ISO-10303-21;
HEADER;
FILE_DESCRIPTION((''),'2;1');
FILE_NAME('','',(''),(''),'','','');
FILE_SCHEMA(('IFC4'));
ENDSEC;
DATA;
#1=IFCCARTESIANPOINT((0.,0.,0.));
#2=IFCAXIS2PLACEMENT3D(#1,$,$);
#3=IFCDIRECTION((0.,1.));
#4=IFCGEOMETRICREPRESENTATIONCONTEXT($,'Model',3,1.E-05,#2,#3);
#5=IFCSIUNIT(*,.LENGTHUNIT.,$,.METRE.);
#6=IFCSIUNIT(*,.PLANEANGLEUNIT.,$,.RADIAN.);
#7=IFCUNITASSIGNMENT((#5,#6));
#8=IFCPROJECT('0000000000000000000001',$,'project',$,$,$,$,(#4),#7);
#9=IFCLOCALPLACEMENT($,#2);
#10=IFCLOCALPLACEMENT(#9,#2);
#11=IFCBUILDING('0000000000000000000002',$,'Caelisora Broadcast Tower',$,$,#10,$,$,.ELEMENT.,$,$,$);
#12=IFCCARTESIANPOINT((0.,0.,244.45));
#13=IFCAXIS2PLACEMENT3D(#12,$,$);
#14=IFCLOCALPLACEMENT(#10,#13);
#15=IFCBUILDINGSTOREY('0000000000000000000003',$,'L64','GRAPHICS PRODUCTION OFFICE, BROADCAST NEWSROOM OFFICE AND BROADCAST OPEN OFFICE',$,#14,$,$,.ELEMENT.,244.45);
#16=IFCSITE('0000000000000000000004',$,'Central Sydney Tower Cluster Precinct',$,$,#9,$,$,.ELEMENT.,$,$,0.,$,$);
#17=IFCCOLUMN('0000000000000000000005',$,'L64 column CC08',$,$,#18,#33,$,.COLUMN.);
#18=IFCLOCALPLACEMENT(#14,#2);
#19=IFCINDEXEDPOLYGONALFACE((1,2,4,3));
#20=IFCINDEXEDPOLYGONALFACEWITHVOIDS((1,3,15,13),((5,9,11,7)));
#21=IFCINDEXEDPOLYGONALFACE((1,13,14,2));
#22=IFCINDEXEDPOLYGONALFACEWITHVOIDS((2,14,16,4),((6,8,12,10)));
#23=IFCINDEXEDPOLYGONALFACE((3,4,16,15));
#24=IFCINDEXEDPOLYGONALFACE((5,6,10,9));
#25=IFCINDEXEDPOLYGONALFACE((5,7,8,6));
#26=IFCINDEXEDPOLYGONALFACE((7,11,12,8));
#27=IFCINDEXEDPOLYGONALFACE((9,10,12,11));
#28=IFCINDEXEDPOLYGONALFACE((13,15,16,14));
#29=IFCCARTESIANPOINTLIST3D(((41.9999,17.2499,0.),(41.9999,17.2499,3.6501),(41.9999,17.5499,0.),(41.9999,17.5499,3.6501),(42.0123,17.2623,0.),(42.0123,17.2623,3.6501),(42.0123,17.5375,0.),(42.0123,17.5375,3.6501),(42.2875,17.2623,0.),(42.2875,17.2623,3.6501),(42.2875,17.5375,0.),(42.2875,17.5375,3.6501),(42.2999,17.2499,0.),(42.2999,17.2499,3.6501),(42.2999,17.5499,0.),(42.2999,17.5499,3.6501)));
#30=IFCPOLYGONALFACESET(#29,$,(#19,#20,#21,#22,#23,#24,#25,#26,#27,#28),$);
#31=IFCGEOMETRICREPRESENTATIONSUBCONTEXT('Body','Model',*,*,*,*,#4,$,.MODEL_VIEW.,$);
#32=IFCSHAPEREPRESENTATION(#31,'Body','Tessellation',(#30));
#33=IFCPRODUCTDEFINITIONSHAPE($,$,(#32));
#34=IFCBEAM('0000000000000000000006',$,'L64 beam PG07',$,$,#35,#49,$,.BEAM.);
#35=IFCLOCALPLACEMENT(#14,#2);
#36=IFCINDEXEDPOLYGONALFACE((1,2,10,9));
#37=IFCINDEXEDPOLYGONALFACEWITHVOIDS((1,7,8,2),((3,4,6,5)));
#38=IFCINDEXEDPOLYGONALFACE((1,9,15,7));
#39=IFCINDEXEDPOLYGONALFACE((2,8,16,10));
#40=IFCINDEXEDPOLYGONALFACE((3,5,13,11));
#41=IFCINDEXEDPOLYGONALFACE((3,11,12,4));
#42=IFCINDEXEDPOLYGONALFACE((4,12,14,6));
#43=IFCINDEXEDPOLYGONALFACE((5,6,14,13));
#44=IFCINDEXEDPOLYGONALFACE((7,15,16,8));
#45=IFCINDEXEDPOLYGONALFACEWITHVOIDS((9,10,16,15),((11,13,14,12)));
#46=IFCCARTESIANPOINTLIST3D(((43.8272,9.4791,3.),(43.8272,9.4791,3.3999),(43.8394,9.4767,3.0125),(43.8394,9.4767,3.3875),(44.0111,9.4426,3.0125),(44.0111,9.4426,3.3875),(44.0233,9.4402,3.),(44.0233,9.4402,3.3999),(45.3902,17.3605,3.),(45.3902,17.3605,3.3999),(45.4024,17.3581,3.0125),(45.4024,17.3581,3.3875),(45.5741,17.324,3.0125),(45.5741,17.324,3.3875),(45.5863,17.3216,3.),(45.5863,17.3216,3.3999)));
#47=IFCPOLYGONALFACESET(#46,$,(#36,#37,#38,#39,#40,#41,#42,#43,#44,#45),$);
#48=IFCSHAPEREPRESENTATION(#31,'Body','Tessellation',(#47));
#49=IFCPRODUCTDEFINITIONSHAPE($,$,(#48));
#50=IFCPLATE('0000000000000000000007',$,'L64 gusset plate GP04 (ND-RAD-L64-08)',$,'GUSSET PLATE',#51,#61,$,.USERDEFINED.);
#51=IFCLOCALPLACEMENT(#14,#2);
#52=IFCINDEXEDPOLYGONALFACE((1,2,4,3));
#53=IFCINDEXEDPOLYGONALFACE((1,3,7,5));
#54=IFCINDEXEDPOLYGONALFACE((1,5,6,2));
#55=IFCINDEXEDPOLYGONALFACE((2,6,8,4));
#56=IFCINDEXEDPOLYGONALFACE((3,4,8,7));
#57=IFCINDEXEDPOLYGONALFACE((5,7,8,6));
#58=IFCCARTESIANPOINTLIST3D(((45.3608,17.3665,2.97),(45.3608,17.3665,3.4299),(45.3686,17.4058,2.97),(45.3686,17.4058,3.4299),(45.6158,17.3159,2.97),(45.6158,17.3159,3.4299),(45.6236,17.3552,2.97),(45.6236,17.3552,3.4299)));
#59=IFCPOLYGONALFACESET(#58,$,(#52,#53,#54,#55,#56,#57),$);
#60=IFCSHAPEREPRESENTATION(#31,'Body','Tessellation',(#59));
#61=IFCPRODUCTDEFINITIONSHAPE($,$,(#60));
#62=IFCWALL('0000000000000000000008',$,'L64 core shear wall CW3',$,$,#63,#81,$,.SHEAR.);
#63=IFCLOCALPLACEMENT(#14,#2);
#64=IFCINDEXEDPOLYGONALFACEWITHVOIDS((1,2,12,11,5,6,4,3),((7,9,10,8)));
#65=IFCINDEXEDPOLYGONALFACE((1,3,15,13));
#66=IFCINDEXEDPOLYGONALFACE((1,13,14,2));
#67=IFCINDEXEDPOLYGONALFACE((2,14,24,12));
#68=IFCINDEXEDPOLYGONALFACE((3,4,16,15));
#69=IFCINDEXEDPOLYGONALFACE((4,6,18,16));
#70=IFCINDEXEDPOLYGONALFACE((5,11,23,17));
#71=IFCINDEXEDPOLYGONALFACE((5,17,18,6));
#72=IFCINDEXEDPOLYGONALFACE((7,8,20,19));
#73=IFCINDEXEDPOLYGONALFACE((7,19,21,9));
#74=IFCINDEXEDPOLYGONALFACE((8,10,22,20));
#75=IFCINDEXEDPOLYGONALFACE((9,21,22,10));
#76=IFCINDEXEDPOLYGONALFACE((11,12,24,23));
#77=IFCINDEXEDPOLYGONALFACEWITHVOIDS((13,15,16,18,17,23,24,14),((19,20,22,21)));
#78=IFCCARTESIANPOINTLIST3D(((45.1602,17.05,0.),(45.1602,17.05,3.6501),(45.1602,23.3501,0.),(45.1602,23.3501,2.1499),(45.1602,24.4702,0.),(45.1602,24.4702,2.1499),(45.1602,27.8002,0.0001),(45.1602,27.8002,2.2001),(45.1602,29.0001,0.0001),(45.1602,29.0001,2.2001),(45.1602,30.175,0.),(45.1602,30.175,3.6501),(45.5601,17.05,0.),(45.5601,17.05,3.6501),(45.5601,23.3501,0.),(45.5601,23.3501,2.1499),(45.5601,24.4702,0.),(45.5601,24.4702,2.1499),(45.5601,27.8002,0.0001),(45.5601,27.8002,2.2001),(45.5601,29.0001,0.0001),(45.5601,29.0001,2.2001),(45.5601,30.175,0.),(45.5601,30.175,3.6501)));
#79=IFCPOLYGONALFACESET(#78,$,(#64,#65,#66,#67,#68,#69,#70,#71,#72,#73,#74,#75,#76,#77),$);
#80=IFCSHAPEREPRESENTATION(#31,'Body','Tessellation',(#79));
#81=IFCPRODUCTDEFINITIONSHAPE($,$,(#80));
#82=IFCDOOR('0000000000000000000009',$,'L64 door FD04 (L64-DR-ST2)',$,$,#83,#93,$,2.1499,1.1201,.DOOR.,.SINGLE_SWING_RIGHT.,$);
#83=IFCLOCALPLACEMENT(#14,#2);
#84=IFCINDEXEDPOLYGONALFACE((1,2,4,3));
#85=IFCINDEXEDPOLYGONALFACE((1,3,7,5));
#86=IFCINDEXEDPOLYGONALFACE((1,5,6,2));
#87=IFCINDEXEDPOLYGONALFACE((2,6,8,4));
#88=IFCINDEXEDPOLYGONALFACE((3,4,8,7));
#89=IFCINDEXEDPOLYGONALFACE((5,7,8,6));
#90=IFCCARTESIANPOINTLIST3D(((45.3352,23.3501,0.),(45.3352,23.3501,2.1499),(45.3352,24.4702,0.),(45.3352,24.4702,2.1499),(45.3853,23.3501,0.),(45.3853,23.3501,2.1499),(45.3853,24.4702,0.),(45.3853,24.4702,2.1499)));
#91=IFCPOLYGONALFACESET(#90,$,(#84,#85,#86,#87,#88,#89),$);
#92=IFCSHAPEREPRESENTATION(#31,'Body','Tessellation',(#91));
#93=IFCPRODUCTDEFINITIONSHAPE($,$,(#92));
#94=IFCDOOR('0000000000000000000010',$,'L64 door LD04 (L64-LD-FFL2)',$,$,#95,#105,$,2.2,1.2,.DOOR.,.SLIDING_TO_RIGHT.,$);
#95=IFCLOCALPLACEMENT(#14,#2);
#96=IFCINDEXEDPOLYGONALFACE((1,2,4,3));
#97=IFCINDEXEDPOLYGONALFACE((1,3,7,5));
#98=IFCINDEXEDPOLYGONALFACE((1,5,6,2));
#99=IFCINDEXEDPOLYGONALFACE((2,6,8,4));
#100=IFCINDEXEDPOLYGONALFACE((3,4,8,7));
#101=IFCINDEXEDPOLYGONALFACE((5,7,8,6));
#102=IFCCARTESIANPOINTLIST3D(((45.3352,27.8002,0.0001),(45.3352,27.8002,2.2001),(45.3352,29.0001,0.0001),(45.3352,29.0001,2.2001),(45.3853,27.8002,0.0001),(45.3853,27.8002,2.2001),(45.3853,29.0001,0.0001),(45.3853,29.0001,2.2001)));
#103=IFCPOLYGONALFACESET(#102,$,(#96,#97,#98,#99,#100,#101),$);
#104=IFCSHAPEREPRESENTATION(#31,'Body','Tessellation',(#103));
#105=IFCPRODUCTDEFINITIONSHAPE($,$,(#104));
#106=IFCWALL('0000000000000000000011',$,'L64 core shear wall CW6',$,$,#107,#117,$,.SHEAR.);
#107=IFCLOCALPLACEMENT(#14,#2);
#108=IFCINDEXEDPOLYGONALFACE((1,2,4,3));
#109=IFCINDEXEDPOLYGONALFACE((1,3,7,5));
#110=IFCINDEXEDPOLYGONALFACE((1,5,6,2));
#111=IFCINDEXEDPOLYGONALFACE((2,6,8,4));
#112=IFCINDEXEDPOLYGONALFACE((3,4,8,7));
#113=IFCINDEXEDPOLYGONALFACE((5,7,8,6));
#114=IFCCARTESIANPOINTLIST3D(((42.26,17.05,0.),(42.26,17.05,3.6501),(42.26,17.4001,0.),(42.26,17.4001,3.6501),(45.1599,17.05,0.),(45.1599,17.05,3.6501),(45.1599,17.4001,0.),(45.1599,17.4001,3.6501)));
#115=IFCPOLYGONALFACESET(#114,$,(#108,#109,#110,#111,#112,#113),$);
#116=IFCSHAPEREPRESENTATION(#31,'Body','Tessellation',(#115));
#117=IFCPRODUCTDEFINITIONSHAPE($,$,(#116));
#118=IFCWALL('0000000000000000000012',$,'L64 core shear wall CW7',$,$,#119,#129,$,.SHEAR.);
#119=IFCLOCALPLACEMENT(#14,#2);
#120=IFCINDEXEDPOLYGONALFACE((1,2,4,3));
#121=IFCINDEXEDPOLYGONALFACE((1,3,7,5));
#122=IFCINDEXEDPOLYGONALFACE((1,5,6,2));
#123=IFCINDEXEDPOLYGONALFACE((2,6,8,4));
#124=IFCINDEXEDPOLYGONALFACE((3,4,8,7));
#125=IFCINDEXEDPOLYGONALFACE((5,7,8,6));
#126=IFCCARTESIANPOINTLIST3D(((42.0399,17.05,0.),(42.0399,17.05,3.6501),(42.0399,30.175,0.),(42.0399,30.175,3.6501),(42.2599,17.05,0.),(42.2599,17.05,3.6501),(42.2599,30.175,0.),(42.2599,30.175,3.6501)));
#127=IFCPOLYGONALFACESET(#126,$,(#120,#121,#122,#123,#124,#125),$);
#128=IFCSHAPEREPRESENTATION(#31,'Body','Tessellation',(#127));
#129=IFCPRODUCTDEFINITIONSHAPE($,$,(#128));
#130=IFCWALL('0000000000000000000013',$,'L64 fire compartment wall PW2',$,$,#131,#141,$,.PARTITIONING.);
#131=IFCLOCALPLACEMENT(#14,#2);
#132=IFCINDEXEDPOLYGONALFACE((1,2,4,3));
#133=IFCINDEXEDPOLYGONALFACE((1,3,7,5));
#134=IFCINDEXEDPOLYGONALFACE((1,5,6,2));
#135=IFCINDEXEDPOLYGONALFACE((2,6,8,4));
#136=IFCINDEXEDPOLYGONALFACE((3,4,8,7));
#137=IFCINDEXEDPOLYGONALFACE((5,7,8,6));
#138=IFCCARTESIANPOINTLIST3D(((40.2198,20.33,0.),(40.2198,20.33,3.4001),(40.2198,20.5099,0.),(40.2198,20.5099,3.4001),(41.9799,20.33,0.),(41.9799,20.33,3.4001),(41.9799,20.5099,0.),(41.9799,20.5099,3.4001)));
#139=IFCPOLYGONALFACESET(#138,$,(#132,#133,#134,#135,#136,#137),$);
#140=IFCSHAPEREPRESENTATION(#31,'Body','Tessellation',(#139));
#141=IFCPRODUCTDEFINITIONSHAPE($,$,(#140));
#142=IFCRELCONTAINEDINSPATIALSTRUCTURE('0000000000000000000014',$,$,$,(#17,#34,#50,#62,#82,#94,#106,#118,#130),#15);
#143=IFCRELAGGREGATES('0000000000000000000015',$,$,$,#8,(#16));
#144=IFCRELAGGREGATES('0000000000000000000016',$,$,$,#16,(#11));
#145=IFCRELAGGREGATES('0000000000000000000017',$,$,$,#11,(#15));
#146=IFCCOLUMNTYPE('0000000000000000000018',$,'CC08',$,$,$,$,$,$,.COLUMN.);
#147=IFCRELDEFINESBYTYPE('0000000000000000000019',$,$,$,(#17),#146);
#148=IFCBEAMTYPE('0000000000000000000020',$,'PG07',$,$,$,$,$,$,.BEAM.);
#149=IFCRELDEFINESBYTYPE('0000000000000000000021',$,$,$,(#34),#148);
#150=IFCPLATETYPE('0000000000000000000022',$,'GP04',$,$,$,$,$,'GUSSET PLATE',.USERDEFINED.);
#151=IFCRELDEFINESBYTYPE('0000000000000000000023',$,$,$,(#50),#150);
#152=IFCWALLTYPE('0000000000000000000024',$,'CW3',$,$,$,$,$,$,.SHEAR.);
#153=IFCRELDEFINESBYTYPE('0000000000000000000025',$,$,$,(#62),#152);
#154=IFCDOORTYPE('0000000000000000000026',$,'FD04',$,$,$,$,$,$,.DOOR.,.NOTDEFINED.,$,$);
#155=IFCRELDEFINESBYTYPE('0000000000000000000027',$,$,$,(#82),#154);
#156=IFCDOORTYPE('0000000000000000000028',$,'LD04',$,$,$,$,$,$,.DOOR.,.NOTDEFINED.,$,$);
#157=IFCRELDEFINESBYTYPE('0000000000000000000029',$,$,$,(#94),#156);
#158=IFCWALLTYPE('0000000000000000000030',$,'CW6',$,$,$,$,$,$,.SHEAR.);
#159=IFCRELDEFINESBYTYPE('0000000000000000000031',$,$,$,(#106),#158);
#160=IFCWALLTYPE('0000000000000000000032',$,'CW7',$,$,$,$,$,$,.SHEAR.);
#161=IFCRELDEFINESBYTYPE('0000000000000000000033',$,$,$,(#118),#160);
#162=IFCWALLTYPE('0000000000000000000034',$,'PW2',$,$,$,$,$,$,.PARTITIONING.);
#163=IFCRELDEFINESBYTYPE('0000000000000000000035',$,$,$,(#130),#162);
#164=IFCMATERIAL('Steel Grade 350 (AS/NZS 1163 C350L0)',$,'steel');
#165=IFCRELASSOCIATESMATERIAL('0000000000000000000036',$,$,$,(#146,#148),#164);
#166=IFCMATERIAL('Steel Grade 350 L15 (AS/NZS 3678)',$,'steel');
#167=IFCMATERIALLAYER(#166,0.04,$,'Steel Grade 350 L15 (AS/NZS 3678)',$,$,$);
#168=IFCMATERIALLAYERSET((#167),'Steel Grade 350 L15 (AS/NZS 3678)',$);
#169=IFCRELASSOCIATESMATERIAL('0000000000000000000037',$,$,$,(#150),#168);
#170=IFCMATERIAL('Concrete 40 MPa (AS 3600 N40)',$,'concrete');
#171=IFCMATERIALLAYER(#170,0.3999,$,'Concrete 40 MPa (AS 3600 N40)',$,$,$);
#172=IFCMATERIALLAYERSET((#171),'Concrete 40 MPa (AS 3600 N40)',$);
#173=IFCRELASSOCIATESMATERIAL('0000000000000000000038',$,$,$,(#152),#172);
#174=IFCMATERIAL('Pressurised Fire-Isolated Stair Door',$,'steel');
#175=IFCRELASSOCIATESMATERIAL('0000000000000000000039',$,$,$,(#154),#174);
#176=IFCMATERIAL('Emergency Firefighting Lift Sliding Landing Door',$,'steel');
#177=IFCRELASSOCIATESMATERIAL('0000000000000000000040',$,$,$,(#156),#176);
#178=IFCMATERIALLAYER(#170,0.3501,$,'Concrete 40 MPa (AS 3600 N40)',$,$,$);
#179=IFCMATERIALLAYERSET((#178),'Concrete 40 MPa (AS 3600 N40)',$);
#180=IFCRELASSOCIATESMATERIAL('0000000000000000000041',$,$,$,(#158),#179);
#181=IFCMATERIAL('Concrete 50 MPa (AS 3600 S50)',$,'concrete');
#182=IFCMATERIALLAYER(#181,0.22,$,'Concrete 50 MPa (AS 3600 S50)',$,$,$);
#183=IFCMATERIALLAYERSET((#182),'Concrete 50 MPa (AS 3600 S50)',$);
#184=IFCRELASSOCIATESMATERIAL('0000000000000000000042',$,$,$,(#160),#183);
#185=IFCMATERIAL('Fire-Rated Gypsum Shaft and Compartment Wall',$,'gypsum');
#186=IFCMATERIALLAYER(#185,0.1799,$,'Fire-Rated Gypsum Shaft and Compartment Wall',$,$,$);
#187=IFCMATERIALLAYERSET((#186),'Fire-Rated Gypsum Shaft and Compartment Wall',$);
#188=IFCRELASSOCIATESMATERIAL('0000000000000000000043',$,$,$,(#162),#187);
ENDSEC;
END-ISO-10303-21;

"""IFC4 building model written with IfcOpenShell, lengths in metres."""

from ifc_helpers import new_model, si_unit, direction, frame, frame_2d, origin, origin_2d, place, context, subcontext, project, spatial, rectangle, hollow_rectangle, extrude, source, transform, mapped, material, layer, layer_set, material_profile, profile_set, type_object, type_shapes, element, fill, save


model = new_model("IFC4")

# Units and contexts
model_context = context("Model", 3, precision=1e-05, world=origin(), true_north=direction((0.0, 1.0)))
body_context = subcontext(model_context, "Body", "Model", "MODEL_VIEW")
ifc_project = project(units=[si_unit("LENGTHUNIT", "METRE"), si_unit("PLANEANGLEUNIT", "RADIAN")], contexts=[model_context])

# Site, building, storey
site_placement = place(None, origin())
site = spatial("IfcSite", under=ifc_project, at=site_placement, Name="Central Sydney Tower Cluster Precinct", CompositionType="ELEMENT", RefElevation=0.0)
building_placement = place(site_placement, origin())
building = spatial("IfcBuilding", under=site, at=building_placement, Name="Caelisora Broadcast Tower", CompositionType="ELEMENT")
storey_placement = place(building_placement, frame((0.0, 0.0, 244.45)))
storey = spatial("IfcBuildingStorey", under=building, at=storey_placement, Name="L64", Description="GRAPHICS PRODUCTION OFFICE, BROADCAST NEWSROOM OFFICE AND BROADCAST OPEN OFFICE", CompositionType="ELEMENT", Elevation=244.45)

# Column
ifc_material_1 = material(Name="Steel Grade 350 (AS/NZS 1163 C350L0)", Category="steel")
ifc_material_profile_1 = material_profile(ifc_material_1, hollow_rectangle(XDim=0.3, YDim=0.3, WallThickness=0.0125, at=origin_2d()), Name="Steel Grade 350 (AS/NZS 1163 C350L0)")
ifc_profile_set_1 = profile_set([ifc_material_profile_1], Name="Steel Grade 350 (AS/NZS 1163 C350L0)")
column_type = type_object("IfcColumnType", Name="CC08", PredefinedType="COLUMN", material=ifc_profile_set_1)
shared_shape_1 = source(origin(), body_context, "Body", "SweptSolid", [
    extrude(hollow_rectangle(XDim=0.3, YDim=0.3, WallThickness=0.0125, at=origin_2d()), origin(), (0.0, 0.0, 1.0), 3.6501),
])
type_shapes(column_type, [shared_shape_1])
column_placement = place(storey_placement, frame((42.1499, 17.3999, 0.0), z_axis=(0.0, 0.0, 1.0), x_axis=(1.0, 0.0, 0.0)))
element("IfcColumn", 1, at=column_placement, inside=storey, type_object=column_type, Name="L64 column CC08", PredefinedType="COLUMN", context=body_context, shape_type="MappedRepresentation", body=[
    mapped(shared_shape_1, transform((0.0, 0.0, 0.0), scale=1.0)),
])

# Beam
ifc_material_profile_2 = material_profile(ifc_material_1, hollow_rectangle(XDim=0.2, YDim=0.3999, WallThickness=0.0125, at=origin_2d()), Name="Steel Grade 350 (AS/NZS 1163 C350L0)")
ifc_profile_set_2 = profile_set([ifc_material_profile_2], Name="Steel Grade 350 (AS/NZS 1163 C350L0)")
beam_type = type_object("IfcBeamType", Name="PG07", PredefinedType="BEAM", material=ifc_profile_set_2)
shared_shape_2 = source(origin(), body_context, "Body", "SweptSolid", [
    extrude(hollow_rectangle(XDim=0.2, YDim=0.3999, WallThickness=0.0125, at=origin_2d()), origin(), (0.0, 0.0, 1.0), 8.0349),
])
type_shapes(beam_type, [shared_shape_2])
beam_placement = place(storey_placement, frame((45.4883, 17.3411, 3.2), z_axis=(-0.194526, -0.980897, 0.0), x_axis=(0.980897, -0.194526, 0.0)))
element("IfcBeam", 2, at=beam_placement, inside=storey, type_object=beam_type, Name="L64 beam PG07", PredefinedType="BEAM", context=body_context, shape_type="MappedRepresentation", body=[
    mapped(shared_shape_2, transform((0.0, 0.0, 0.0), scale=1.0)),
])

# Plate
ifc_material_2 = material(Name="Steel Grade 350 L15 (AS/NZS 3678)", Category="steel")
ifc_layer_1 = layer(ifc_material_2, 0.04, Name="Steel Grade 350 L15 (AS/NZS 3678)")
ifc_layer_set_1 = layer_set([ifc_layer_1], Name="Steel Grade 350 L15 (AS/NZS 3678)")
plate_type = type_object("IfcPlateType", Name="GP04", ElementType="GUSSET PLATE", PredefinedType="USERDEFINED", material=ifc_layer_set_1)
shared_shape_3 = source(origin(), body_context, "Body", "SweptSolid", [
    extrude(rectangle(XDim=0.26, YDim=0.04, at=origin_2d()), origin(), (0.0, 0.0, 1.0), 0.46),
])
type_shapes(plate_type, [shared_shape_3])
plate_placement = place(storey_placement, frame((45.4922, 17.3608, 2.97), z_axis=(0.0, 0.0, 1.0), x_axis=(0.980887, -0.194577, 0.0)))
element("IfcPlate", 3, at=plate_placement, inside=storey, type_object=plate_type, Name="L64 gusset plate GP04 (ND-RAD-L64-08)", ObjectType="GUSSET PLATE", PredefinedType="USERDEFINED", context=body_context, shape_type="MappedRepresentation", body=[
    mapped(shared_shape_3, transform((0.0, 0.0, 0.0), scale=1.0)),
])

# Wall, openings, doors
ifc_material_3 = material(Name="Concrete 40 MPa (AS 3600 N40)", Category="concrete")
ifc_layer_2 = layer(ifc_material_3, 0.3999, Name="Concrete 40 MPa (AS 3600 N40)")
ifc_layer_set_2 = layer_set([ifc_layer_2], Name="Concrete 40 MPa (AS 3600 N40)")
wall_type_1 = type_object("IfcWallType", Name="CW3", PredefinedType="SHEAR", material=ifc_layer_set_2)
wall_1_placement = place(storey_placement, frame((45.3601, 17.05, 0.0), z_axis=(0.0, 0.0, 1.0), x_axis=(0.0, 1.0, 0.0)))
wall_1 = element("IfcWall", 4, at=wall_1_placement, inside=storey, type_object=wall_type_1, Name="L64 core shear wall CW3", PredefinedType="SHEAR", context=body_context, shape_type="SweptSolid", body=[
    extrude(rectangle(XDim=13.125, YDim=0.3999, at=frame_2d((6.5625, 0.0))), origin(), (0.0, 0.0, 1.0), 3.6501),
])
opening_1_placement = place(wall_1_placement, frame((6.3, 0.0, 0.0)))
opening_1 = element("IfcOpeningElement", 5, at=opening_1_placement, cuts=wall_1, PredefinedType="OPENING", context=body_context, shape_type="SweptSolid", body=[
    extrude(rectangle(XDim=1.1201, YDim=2.1499, at=frame_2d((0.5601, 1.075))), frame((0.0, 0.2119, 0.0), z_axis=(0.0, -1.0, 0.0), x_axis=(1.0, 0.0, 0.0)), (0.0, 0.0, 1.0), 0.4238),
])
opening_2_placement = place(wall_1_placement, frame((10.75, 0.0, 0.0)))
opening_2 = element("IfcOpeningElement", 6, at=opening_2_placement, cuts=wall_1, PredefinedType="OPENING", context=body_context, shape_type="SweptSolid", body=[
    extrude(rectangle(XDim=1.2, YDim=2.2, at=frame_2d((0.6001, 1.1001))), frame((0.0, 0.2119, 0.0), z_axis=(0.0, -1.0, 0.0), x_axis=(1.0, 0.0, 0.0)), (0.0, 0.0, 1.0), 0.4238),
])
ifc_material_4 = material(Name="Pressurised Fire-Isolated Stair Door", Category="steel")
door_type_1 = type_object("IfcDoorType", Name="FD04", OperationType="NOTDEFINED", PredefinedType="DOOR", material=ifc_material_4)
door_1_placement = place(opening_1_placement, origin())
door_1 = element("IfcDoor", 7, at=door_1_placement, inside=storey, type_object=door_type_1, Name="L64 door FD04 (L64-DR-ST2)", OperationType="SINGLE_SWING_RIGHT", OverallHeight=2.1499, OverallWidth=1.1201, PredefinedType="DOOR", context=body_context, shape_type="SweptSolid", body=[
    extrude(rectangle(XDim=1.1201, YDim=2.1499, at=frame_2d((0.5601, 1.075))), frame((0.0, 0.0249, 0.0), z_axis=(0.0, -1.0, 0.0), x_axis=(1.0, 0.0, 0.0)), (0.0, 0.0, 1.0), 0.05),
])
fill(opening_1, door_1)
ifc_material_5 = material(Name="Emergency Firefighting Lift Sliding Landing Door", Category="steel")
door_type_2 = type_object("IfcDoorType", Name="LD04", OperationType="NOTDEFINED", PredefinedType="DOOR", material=ifc_material_5)
door_2_placement = place(opening_2_placement, origin())
door_2 = element("IfcDoor", 8, at=door_2_placement, inside=storey, type_object=door_type_2, Name="L64 door LD04 (L64-LD-FFL2)", OperationType="SLIDING_TO_RIGHT", OverallHeight=2.2, OverallWidth=1.2, PredefinedType="DOOR", context=body_context, shape_type="SweptSolid", body=[
    extrude(rectangle(XDim=1.2, YDim=2.2, at=frame_2d((0.6001, 1.1001))), frame((0.0, 0.0249, 0.0), z_axis=(0.0, -1.0, 0.0), x_axis=(1.0, 0.0, 0.0)), (0.0, 0.0, 1.0), 0.05),
])
fill(opening_2, door_2)

# Walls
ifc_layer_3 = layer(ifc_material_3, 0.3501, Name="Concrete 40 MPa (AS 3600 N40)")
ifc_layer_set_3 = layer_set([ifc_layer_3], Name="Concrete 40 MPa (AS 3600 N40)")
wall_type_2 = type_object("IfcWallType", Name="CW6", PredefinedType="SHEAR", material=ifc_layer_set_3)
wall_2_placement = place(storey_placement, frame((42.26, 17.2251, 0.0), z_axis=(0.0, 0.0, 1.0), x_axis=(1.0, 0.0, 0.0)))
element("IfcWall", 9, at=wall_2_placement, inside=storey, type_object=wall_type_2, Name="L64 core shear wall CW6", PredefinedType="SHEAR", context=body_context, shape_type="SweptSolid", body=[
    extrude(rectangle(XDim=2.8999, YDim=0.3501, at=frame_2d((1.45, 0.0))), origin(), (0.0, 0.0, 1.0), 3.6501),
])
ifc_material_6 = material(Name="Concrete 50 MPa (AS 3600 S50)", Category="concrete")
ifc_layer_4 = layer(ifc_material_6, 0.22, Name="Concrete 50 MPa (AS 3600 S50)")
ifc_layer_set_4 = layer_set([ifc_layer_4], Name="Concrete 50 MPa (AS 3600 S50)")
wall_type_3 = type_object("IfcWallType", Name="CW7", PredefinedType="SHEAR", material=ifc_layer_set_4)
wall_3_placement = place(storey_placement, frame((42.1499, 17.05, 0.0), z_axis=(0.0, 0.0, 1.0), x_axis=(0.0, 1.0, 0.0)))
element("IfcWall", 10, at=wall_3_placement, inside=storey, type_object=wall_type_3, Name="L64 core shear wall CW7", PredefinedType="SHEAR", context=body_context, shape_type="SweptSolid", body=[
    extrude(rectangle(XDim=13.125, YDim=0.22, at=frame_2d((6.5625, 0.0))), origin(), (0.0, 0.0, 1.0), 3.6501),
])
ifc_material_7 = material(Name="Fire-Rated Gypsum Shaft and Compartment Wall", Category="gypsum")
ifc_layer_5 = layer(ifc_material_7, 0.1799, Name="Fire-Rated Gypsum Shaft and Compartment Wall")
ifc_layer_set_5 = layer_set([ifc_layer_5], Name="Fire-Rated Gypsum Shaft and Compartment Wall")
wall_type_4 = type_object("IfcWallType", Name="PW2", PredefinedType="PARTITIONING", material=ifc_layer_set_5)
wall_4_placement = place(storey_placement, frame((40.22, 20.4199, 0.0), z_axis=(0.0, 0.0, 1.0), x_axis=(1.0, 0.0, 0.0)))
element("IfcWall", 11, at=wall_4_placement, inside=storey, type_object=wall_type_4, Name="L64 fire compartment wall PW2", PredefinedType="PARTITIONING", context=body_context, shape_type="SweptSolid", body=[
    extrude(rectangle(XDim=1.76, YDim=0.1799, at=frame_2d((0.8799, 0.0))), origin(), (0.0, 0.0, 1.0), 3.4001),
])

save(model, "model.ifc")
